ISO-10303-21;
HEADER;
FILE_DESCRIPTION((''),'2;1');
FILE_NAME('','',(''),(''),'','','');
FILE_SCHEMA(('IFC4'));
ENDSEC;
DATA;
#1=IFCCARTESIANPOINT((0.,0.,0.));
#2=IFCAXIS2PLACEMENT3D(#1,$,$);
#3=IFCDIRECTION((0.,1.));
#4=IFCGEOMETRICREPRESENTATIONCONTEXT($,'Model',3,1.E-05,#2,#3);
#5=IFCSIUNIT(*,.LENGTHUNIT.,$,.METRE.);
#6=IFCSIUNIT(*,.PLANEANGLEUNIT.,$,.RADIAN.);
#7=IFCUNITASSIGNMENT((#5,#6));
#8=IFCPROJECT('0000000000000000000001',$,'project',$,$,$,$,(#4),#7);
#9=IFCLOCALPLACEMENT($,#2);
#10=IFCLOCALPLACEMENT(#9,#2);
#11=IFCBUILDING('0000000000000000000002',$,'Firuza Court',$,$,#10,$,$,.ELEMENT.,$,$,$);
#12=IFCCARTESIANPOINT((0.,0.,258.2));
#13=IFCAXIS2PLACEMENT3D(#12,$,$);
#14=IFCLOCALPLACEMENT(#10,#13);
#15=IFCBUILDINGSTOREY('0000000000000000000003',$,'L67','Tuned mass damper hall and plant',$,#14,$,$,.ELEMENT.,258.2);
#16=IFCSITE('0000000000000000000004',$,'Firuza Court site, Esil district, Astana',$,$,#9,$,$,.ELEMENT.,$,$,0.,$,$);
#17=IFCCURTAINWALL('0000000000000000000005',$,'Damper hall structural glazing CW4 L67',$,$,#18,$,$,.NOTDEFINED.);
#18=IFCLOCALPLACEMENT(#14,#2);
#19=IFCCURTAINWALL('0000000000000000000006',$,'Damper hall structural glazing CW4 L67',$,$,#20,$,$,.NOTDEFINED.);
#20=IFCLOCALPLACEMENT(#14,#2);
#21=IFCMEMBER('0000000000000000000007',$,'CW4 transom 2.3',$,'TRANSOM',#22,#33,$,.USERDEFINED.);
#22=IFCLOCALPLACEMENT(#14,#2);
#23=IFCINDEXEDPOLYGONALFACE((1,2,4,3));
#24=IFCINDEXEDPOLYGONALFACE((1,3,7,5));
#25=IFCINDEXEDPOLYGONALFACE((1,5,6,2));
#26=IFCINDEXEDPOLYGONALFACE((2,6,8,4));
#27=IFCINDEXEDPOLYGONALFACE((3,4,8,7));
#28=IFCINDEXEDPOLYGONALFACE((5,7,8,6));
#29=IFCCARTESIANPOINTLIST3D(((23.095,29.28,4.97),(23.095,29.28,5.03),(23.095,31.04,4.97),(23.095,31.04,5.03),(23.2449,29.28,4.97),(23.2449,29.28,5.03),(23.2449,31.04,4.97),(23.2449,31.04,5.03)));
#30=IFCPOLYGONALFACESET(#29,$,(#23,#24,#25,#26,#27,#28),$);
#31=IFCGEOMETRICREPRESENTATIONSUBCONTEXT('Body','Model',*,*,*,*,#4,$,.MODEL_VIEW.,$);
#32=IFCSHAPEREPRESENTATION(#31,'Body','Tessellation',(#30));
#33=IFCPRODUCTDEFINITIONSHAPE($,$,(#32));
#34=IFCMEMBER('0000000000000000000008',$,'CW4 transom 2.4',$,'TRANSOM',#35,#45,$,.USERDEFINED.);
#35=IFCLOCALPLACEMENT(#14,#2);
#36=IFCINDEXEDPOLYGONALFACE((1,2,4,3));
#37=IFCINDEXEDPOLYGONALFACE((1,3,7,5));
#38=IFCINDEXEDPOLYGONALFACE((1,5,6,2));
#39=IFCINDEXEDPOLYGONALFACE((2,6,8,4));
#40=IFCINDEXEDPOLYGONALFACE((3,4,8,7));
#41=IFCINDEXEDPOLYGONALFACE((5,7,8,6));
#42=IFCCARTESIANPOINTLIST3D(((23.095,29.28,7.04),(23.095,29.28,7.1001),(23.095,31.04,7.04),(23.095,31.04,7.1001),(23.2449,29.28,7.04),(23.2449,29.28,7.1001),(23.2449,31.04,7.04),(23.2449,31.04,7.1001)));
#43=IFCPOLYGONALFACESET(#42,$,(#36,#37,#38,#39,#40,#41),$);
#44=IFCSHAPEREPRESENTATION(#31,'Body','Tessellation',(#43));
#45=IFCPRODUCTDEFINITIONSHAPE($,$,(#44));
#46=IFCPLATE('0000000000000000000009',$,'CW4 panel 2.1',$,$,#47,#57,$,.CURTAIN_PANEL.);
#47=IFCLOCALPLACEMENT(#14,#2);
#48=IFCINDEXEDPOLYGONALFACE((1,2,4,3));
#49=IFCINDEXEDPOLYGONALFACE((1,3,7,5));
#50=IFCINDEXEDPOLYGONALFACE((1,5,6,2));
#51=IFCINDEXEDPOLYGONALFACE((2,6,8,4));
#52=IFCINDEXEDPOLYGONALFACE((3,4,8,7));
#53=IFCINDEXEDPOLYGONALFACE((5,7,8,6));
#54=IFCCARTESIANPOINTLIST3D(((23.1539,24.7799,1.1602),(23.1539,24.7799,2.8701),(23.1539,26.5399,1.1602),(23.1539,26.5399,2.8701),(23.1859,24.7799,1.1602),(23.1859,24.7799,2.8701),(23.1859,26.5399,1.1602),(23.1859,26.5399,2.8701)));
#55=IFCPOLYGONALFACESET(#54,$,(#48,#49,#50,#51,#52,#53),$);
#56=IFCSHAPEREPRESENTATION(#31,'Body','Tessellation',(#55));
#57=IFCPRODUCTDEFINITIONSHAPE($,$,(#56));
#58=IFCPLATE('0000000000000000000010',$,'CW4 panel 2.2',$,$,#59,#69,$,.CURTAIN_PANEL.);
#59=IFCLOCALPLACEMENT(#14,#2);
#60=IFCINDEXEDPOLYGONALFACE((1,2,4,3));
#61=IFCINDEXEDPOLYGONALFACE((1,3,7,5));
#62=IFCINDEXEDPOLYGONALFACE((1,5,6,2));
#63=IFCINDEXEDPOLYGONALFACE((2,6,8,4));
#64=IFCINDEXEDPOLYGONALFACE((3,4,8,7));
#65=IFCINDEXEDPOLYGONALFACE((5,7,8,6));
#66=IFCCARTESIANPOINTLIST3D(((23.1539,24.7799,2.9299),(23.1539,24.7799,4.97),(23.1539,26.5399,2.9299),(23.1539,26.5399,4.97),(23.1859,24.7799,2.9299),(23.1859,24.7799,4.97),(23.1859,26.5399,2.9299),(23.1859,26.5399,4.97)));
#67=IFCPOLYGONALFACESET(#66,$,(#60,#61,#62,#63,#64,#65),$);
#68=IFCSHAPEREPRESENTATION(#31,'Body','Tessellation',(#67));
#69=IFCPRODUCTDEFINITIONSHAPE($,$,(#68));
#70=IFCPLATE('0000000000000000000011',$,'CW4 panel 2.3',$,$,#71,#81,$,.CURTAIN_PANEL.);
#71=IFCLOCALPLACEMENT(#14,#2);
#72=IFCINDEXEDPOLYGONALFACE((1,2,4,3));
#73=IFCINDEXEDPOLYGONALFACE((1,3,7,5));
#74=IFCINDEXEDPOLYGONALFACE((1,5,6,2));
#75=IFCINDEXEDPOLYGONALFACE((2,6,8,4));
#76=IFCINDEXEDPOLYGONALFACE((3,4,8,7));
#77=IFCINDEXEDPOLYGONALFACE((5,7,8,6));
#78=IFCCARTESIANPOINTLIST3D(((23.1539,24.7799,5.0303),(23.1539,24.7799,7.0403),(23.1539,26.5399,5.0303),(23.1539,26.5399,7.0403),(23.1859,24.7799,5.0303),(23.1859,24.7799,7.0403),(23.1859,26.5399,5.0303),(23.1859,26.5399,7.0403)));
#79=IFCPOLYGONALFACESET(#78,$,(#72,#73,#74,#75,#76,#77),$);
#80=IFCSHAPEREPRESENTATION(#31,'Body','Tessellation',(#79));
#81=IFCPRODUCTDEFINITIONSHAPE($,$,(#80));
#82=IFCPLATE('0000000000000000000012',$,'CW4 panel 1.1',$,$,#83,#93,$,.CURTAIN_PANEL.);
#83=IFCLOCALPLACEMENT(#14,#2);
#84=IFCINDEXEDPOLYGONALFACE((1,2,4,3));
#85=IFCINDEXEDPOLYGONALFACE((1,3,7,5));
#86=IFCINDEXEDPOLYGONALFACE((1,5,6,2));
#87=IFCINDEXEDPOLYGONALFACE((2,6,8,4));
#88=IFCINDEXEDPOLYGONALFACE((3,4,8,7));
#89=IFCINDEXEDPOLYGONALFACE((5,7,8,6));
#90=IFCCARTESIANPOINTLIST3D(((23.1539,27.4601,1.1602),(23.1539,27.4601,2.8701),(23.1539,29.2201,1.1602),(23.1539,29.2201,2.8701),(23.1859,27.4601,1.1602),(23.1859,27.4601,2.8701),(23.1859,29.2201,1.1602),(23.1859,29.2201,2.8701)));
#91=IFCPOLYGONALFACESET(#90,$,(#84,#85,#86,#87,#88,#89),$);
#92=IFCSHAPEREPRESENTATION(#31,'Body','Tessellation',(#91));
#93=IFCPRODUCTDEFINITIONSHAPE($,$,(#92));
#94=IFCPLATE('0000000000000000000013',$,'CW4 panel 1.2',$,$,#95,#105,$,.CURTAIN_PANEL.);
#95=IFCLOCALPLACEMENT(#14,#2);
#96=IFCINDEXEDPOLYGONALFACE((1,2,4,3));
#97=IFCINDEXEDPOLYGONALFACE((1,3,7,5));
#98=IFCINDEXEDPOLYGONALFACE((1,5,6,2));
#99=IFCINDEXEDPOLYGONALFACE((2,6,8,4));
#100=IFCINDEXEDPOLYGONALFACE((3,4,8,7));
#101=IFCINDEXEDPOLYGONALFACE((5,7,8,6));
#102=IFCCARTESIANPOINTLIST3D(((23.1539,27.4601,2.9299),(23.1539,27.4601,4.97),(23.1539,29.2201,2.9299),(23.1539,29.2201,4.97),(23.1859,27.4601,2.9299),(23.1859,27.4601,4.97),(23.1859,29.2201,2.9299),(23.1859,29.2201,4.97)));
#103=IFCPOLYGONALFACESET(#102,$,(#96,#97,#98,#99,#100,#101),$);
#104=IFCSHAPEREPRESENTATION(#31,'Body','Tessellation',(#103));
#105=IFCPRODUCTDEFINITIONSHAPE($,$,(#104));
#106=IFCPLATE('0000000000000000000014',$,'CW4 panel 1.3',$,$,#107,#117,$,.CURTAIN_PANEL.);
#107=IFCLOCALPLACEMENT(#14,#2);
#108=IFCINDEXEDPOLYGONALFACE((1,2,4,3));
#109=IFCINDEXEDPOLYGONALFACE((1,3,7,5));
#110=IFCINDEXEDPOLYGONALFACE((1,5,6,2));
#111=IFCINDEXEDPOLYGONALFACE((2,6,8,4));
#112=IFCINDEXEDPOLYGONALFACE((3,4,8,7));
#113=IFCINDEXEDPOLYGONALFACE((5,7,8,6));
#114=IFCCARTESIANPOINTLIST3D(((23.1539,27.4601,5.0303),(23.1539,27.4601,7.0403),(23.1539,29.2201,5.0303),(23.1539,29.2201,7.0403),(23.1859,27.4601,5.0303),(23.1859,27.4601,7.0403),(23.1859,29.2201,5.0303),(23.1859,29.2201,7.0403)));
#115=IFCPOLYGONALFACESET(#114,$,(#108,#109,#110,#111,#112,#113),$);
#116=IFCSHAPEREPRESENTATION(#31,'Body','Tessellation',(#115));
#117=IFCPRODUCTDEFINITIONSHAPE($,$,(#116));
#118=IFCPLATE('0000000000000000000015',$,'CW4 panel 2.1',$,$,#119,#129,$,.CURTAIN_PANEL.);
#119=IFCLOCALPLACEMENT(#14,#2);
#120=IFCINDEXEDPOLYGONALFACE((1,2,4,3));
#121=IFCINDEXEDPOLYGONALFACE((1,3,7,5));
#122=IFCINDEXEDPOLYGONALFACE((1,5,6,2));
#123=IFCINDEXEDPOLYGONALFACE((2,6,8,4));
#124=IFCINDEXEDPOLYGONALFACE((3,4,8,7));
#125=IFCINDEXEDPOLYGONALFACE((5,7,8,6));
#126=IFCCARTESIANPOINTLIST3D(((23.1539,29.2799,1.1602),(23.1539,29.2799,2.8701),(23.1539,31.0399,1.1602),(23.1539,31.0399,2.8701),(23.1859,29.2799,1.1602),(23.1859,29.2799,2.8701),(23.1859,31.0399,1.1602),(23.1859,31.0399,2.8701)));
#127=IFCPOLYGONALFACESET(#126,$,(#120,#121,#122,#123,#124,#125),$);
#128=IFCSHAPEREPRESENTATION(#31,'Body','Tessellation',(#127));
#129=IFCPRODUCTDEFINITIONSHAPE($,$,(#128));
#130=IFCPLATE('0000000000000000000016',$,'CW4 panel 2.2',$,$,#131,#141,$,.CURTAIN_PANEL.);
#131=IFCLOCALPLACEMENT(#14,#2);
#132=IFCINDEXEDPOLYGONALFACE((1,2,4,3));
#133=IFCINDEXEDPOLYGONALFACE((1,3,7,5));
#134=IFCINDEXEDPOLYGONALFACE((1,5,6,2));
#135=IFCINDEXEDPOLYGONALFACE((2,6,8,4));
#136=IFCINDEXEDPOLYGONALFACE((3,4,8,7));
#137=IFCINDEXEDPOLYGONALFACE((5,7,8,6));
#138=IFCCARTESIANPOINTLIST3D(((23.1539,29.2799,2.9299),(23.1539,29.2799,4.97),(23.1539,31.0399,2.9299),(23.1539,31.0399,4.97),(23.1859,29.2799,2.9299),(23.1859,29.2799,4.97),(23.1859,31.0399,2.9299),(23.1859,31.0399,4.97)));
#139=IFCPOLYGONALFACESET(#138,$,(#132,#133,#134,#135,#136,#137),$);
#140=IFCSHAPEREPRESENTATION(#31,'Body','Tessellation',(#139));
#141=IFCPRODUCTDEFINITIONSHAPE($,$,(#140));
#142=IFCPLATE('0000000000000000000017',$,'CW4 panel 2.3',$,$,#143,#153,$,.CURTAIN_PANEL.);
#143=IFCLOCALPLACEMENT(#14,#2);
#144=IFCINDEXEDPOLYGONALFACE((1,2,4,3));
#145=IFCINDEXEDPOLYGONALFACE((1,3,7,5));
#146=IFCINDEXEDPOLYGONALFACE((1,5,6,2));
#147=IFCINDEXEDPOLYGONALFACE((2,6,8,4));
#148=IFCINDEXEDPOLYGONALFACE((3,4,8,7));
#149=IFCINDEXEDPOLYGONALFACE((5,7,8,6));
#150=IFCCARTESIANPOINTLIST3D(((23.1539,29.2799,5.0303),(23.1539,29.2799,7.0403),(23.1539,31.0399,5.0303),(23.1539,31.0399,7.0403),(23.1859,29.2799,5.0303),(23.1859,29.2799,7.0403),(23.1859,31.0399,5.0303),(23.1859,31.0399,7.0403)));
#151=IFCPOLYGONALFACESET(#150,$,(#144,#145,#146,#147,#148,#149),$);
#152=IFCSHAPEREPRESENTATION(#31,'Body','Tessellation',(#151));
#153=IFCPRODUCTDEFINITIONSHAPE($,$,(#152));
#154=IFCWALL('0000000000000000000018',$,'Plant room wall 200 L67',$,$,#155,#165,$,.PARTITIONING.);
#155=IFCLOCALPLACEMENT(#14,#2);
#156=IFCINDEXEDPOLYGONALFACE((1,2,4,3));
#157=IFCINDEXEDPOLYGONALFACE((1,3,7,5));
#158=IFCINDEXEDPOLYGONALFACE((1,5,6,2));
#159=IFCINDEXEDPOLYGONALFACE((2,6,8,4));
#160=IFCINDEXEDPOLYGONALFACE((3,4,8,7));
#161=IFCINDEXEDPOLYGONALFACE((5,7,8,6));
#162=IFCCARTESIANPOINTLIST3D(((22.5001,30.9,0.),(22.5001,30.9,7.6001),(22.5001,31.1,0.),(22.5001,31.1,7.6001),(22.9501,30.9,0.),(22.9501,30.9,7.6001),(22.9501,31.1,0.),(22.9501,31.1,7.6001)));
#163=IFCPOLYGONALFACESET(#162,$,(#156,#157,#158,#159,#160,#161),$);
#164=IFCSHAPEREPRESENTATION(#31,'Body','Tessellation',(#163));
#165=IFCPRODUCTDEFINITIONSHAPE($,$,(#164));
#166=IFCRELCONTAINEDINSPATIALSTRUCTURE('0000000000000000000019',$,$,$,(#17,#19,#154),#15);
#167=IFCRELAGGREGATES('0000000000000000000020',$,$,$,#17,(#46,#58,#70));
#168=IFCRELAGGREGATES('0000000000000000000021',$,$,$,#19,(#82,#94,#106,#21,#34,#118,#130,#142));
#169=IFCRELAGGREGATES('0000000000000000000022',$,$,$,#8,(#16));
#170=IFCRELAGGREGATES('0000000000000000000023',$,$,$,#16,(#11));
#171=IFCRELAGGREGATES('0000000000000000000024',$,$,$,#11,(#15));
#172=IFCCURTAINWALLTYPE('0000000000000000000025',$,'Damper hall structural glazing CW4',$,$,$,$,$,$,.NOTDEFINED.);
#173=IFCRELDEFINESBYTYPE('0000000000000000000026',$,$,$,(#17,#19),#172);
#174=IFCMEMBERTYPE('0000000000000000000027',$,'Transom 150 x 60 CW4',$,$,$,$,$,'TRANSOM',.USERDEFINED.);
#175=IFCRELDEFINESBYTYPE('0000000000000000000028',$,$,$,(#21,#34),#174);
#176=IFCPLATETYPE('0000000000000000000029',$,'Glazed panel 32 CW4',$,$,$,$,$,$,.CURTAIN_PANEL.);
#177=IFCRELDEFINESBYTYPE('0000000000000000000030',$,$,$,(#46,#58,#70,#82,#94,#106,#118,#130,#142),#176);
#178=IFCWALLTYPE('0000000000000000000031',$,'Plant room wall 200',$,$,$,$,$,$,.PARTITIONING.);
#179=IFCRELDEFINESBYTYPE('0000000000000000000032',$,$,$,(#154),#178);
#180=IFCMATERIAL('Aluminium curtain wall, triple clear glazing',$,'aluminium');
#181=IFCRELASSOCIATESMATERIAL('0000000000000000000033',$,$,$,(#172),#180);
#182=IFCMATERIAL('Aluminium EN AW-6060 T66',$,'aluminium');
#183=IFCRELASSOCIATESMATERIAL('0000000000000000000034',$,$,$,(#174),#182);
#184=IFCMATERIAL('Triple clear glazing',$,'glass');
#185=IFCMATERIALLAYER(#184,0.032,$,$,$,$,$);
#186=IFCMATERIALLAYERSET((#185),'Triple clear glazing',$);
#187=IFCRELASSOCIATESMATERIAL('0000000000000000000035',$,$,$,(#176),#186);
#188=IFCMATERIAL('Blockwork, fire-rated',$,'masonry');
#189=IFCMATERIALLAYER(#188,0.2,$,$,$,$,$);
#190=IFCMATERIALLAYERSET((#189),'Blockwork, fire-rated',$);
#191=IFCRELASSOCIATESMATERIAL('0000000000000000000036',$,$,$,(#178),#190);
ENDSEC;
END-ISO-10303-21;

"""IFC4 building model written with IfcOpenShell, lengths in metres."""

from ifc_helpers import new_model, si_unit, direction, frame, frame_2d, origin, origin_2d, place, context, subcontext, project, spatial, rectangle, extrude, material, layer, layer_set, material_profile, profile_set, type_object, element, aggregate, save


model = new_model("IFC4")

# Units and contexts
model_context = context("Model", 3, precision=1e-05, world=origin(), true_north=direction((0.0, 1.0)))
body_context = subcontext(model_context, "Body", "Model", "MODEL_VIEW")
ifc_project = project(units=[si_unit("LENGTHUNIT", "METRE"), si_unit("PLANEANGLEUNIT", "RADIAN")], contexts=[model_context])

# Site, building, storey
site_placement = place(None, origin())
site = spatial("IfcSite", under=ifc_project, at=site_placement, Name="Firuza Court site, Esil district, Astana", CompositionType="ELEMENT", RefElevation=0.0)
building_placement = place(site_placement, origin())
building = spatial("IfcBuilding", under=site, at=building_placement, Name="Firuza Court", CompositionType="ELEMENT")
storey_placement = place(building_placement, frame((0.0, 0.0, 258.2)))
storey = spatial("IfcBuildingStorey", under=building, at=storey_placement, Name="L67", Description="Tuned mass damper hall and plant", CompositionType="ELEMENT", Elevation=258.2)

# Curtain wall
ifc_material_1 = material(Name="Aluminium curtain wall, triple clear glazing", Category="aluminium")
curtain_wall_type = type_object("IfcCurtainWallType", Name="Damper hall structural glazing CW4", PredefinedType="NOTDEFINED", material=ifc_material_1)
curtain_wall_1_placement = place(storey_placement, origin())
curtain_wall_1 = element("IfcCurtainWall", 1, at=curtain_wall_1_placement, inside=storey, type_object=curtain_wall_type, Name="Damper hall structural glazing CW4 L67", PredefinedType="NOTDEFINED")

# Curtain wall
curtain_wall_2_placement = place(storey_placement, origin())
curtain_wall_2 = element("IfcCurtainWall", 2, at=curtain_wall_2_placement, inside=storey, type_object=curtain_wall_type, Name="Damper hall structural glazing CW4 L67", PredefinedType="NOTDEFINED")

# Members
ifc_material_2 = material(Name="Aluminium EN AW-6060 T66", Category="aluminium")
ifc_material_profile_1 = material_profile(ifc_material_2, rectangle(XDim=0.1499, YDim=0.0601, at=origin_2d()), Name="Transom 150 x 60 CW4")
ifc_profile_set_1 = profile_set([ifc_material_profile_1], Name="Aluminium EN AW-6060 T66")
member_type_1 = type_object("IfcMemberType", Name="Transom 150 x 60 CW4", ElementType="TRANSOM", PredefinedType="USERDEFINED", material=ifc_profile_set_1)
member_1_placement = place(storey_placement, frame((23.1699, 29.28, 5.0), z_axis=(0.0, 1.0, 0.0), x_axis=(-1.0, 0.0, 0.0)))
member_1 = element("IfcMember", 3, at=member_1_placement, type_object=member_type_1, Name="CW4 transom 2.3", ObjectType="TRANSOM", PredefinedType="USERDEFINED", context=body_context, shape_type="SweptSolid", body=[
    extrude(rectangle(XDim=0.1499, YDim=0.0601, at=origin_2d()), origin(), (0.0, 0.0, 1.0), 1.76),
])
member_2_placement = place(storey_placement, frame((23.1699, 29.28, 7.0701), z_axis=(0.0, 1.0, 0.0), x_axis=(-1.0, 0.0, 0.0)))
member_2 = element("IfcMember", 4, at=member_2_placement, type_object=member_type_1, Name="CW4 transom 2.4", ObjectType="TRANSOM", PredefinedType="USERDEFINED", context=body_context, shape_type="SweptSolid", body=[
    extrude(rectangle(XDim=0.1499, YDim=0.0601, at=origin_2d()), origin(), (0.0, 0.0, 1.0), 1.76),
])

# Plates
ifc_material_3 = material(Name="Triple clear glazing", Category="glass")
ifc_layer_1 = layer(ifc_material_3, 0.032)
ifc_layer_set_1 = layer_set([ifc_layer_1], Name="Triple clear glazing")
plate_type = type_object("IfcPlateType", Name="Glazed panel 32 CW4", PredefinedType="CURTAIN_PANEL", material=ifc_layer_set_1)
plate_1_placement = place(storey_placement, frame((23.1699, 25.6599, 1.1602), z_axis=(0.0, 0.0, 1.0), x_axis=(0.0, 1.0, 0.0)))
plate_1 = element("IfcPlate", 5, at=plate_1_placement, type_object=plate_type, Name="CW4 panel 2.1", PredefinedType="CURTAIN_PANEL", context=body_context, shape_type="SweptSolid", body=[
    extrude(rectangle(XDim=1.76, YDim=0.032, at=origin_2d()), origin(), (0.0, 0.0, 1.0), 1.71),
])
plate_2_placement = place(storey_placement, frame((23.1699, 25.6599, 2.9299), z_axis=(0.0, 0.0, 1.0), x_axis=(0.0, 1.0, 0.0)))
plate_2 = element("IfcPlate", 6, at=plate_2_placement, type_object=plate_type, Name="CW4 panel 2.2", PredefinedType="CURTAIN_PANEL", context=body_context, shape_type="SweptSolid", body=[
    extrude(rectangle(XDim=1.76, YDim=0.032, at=origin_2d()), origin(), (0.0, 0.0, 1.0), 2.04),
])
plate_3_placement = place(storey_placement, frame((23.1699, 25.6599, 5.0303), z_axis=(0.0, 0.0, 1.0), x_axis=(0.0, 1.0, 0.0)))
plate_3 = element("IfcPlate", 7, at=plate_3_placement, type_object=plate_type, Name="CW4 panel 2.3", PredefinedType="CURTAIN_PANEL", context=body_context, shape_type="SweptSolid", body=[
    extrude(rectangle(XDim=1.76, YDim=0.032, at=origin_2d()), origin(), (0.0, 0.0, 1.0), 2.01),
])
aggregate(curtain_wall_1, [plate_1, plate_2, plate_3])
plate_4_placement = place(storey_placement, frame((23.1699, 28.3401, 1.1602), z_axis=(0.0, 0.0, 1.0), x_axis=(0.0, 1.0, 0.0)))
plate_4 = element("IfcPlate", 8, at=plate_4_placement, type_object=plate_type, Name="CW4 panel 1.1", PredefinedType="CURTAIN_PANEL", context=body_context, shape_type="SweptSolid", body=[
    extrude(rectangle(XDim=1.76, YDim=0.032, at=origin_2d()), origin(), (0.0, 0.0, 1.0), 1.71),
])
plate_5_placement = place(storey_placement, frame((23.1699, 28.3401, 2.9299), z_axis=(0.0, 0.0, 1.0), x_axis=(0.0, 1.0, 0.0)))
plate_5 = element("IfcPlate", 9, at=plate_5_placement, type_object=plate_type, Name="CW4 panel 1.2", PredefinedType="CURTAIN_PANEL", context=body_context, shape_type="SweptSolid", body=[
    extrude(rectangle(XDim=1.76, YDim=0.032, at=origin_2d()), origin(), (0.0, 0.0, 1.0), 2.04),
])
plate_6_placement = place(storey_placement, frame((23.1699, 28.3401, 5.0303), z_axis=(0.0, 0.0, 1.0), x_axis=(0.0, 1.0, 0.0)))
plate_6 = element("IfcPlate", 10, at=plate_6_placement, type_object=plate_type, Name="CW4 panel 1.3", PredefinedType="CURTAIN_PANEL", context=body_context, shape_type="SweptSolid", body=[
    extrude(rectangle(XDim=1.76, YDim=0.032, at=origin_2d()), origin(), (0.0, 0.0, 1.0), 2.01),
])
plate_7_placement = place(storey_placement, frame((23.1699, 30.1599, 1.1602), z_axis=(0.0, 0.0, 1.0), x_axis=(0.0, 1.0, 0.0)))
plate_7 = element("IfcPlate", 11, at=plate_7_placement, type_object=plate_type, Name="CW4 panel 2.1", PredefinedType="CURTAIN_PANEL", context=body_context, shape_type="SweptSolid", body=[
    extrude(rectangle(XDim=1.76, YDim=0.032, at=origin_2d()), origin(), (0.0, 0.0, 1.0), 1.71),
])
plate_8_placement = place(storey_placement, frame((23.1699, 30.1599, 2.9299), z_axis=(0.0, 0.0, 1.0), x_axis=(0.0, 1.0, 0.0)))
plate_8 = element("IfcPlate", 12, at=plate_8_placement, type_object=plate_type, Name="CW4 panel 2.2", PredefinedType="CURTAIN_PANEL", context=body_context, shape_type="SweptSolid", body=[
    extrude(rectangle(XDim=1.76, YDim=0.032, at=origin_2d()), origin(), (0.0, 0.0, 1.0), 2.04),
])
plate_9_placement = place(storey_placement, frame((23.1699, 30.1599, 5.0303), z_axis=(0.0, 0.0, 1.0), x_axis=(0.0, 1.0, 0.0)))
plate_9 = element("IfcPlate", 13, at=plate_9_placement, type_object=plate_type, Name="CW4 panel 2.3", PredefinedType="CURTAIN_PANEL", context=body_context, shape_type="SweptSolid", body=[
    extrude(rectangle(XDim=1.76, YDim=0.032, at=origin_2d()), origin(), (0.0, 0.0, 1.0), 2.01),
])
aggregate(curtain_wall_2, [plate_4, plate_5, plate_6, member_1, member_2, plate_7, plate_8, plate_9])

# Wall
ifc_material_4 = material(Name="Blockwork, fire-rated", Category="masonry")
ifc_layer_2 = layer(ifc_material_4, 0.2)
ifc_layer_set_2 = layer_set([ifc_layer_2], Name="Blockwork, fire-rated")
wall_type = type_object("IfcWallType", Name="Plant room wall 200", PredefinedType="PARTITIONING", material=ifc_layer_set_2)
wall_placement = place(storey_placement, frame((22.5, 31.0, 0.0), z_axis=(0.0, 0.0, 1.0), x_axis=(1.0, 0.0, 0.0)))
element("IfcWall", 14, at=wall_placement, inside=storey, type_object=wall_type, Name="Plant room wall 200 L67", PredefinedType="PARTITIONING", context=body_context, shape_type="SweptSolid", body=[
    extrude(rectangle(XDim=0.45, YDim=0.2, at=frame_2d((0.2251, 0.0))), origin(), (0.0, 0.0, 1.0), 7.6001),
])

save(model, "model.ifc")
